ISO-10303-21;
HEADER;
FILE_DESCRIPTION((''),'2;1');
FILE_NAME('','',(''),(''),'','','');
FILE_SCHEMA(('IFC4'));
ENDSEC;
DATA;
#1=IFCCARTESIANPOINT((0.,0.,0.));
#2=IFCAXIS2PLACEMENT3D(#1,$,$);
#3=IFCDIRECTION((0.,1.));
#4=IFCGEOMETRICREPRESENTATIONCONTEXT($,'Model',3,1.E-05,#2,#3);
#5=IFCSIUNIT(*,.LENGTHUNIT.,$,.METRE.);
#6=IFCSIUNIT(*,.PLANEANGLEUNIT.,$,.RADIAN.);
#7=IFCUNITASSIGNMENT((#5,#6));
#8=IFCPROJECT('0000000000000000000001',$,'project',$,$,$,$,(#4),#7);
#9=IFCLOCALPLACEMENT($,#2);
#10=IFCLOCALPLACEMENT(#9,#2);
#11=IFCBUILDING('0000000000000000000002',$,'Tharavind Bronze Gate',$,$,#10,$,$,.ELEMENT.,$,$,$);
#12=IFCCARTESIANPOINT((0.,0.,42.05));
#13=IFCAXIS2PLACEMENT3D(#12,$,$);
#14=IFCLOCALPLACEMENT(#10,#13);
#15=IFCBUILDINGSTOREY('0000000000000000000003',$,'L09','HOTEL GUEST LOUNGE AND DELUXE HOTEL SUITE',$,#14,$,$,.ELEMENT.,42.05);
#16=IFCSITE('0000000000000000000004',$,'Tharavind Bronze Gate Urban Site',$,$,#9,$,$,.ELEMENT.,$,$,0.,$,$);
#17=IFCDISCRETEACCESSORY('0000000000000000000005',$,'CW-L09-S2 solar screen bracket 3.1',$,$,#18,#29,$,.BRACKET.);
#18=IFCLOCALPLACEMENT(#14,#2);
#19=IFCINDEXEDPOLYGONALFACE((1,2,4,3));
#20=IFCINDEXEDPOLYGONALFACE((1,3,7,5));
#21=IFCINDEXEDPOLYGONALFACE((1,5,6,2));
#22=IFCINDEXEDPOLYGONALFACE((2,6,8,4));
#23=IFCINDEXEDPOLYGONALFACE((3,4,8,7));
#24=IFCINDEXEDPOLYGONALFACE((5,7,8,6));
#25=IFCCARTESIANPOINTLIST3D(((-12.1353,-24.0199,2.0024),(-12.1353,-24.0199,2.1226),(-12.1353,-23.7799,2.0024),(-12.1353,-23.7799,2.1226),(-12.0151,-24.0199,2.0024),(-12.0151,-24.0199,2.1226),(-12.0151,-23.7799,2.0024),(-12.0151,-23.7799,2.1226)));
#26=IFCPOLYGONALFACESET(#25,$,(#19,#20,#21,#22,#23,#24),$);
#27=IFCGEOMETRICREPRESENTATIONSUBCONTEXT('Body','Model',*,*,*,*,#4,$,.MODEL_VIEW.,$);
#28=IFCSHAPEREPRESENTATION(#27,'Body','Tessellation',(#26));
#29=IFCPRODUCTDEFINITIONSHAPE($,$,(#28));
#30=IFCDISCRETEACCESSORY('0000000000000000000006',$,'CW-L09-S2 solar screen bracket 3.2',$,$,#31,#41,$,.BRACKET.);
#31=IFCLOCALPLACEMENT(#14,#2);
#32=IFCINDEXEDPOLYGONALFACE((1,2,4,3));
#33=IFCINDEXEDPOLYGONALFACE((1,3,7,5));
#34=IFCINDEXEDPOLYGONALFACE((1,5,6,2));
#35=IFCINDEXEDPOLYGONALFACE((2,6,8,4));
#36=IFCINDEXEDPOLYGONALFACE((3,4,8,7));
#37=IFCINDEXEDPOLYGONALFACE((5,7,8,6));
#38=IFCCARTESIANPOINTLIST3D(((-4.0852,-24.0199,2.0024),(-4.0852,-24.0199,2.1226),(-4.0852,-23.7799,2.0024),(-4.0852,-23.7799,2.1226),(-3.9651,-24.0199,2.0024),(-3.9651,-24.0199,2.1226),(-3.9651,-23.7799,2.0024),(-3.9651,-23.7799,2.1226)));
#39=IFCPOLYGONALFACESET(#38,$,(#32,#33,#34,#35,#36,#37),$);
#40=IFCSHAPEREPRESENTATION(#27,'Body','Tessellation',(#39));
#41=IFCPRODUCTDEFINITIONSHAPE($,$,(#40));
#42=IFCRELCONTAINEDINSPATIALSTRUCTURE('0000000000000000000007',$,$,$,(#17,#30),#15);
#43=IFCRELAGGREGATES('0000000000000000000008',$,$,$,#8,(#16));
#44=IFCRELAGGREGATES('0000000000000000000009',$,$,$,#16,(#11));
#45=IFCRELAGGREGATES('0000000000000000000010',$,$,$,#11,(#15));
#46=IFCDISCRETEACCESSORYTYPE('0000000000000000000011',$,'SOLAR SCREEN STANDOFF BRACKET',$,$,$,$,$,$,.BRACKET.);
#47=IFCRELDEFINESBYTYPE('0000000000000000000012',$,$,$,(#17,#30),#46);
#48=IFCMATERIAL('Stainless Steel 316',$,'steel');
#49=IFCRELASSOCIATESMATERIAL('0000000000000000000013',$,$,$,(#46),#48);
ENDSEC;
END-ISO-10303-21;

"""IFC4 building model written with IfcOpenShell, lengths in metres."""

from ifc_helpers import new_model, si_unit, direction, frame, origin, origin_2d, place, context, subcontext, project, spatial, rectangle, extrude, material, type_object, element, save


model = new_model("IFC4")

# Units and contexts
model_context = context("Model", 3, precision=1e-05, world=origin(), true_north=direction((0.0, 1.0)))
body_context = subcontext(model_context, "Body", "Model", "MODEL_VIEW")
ifc_project = project(units=[si_unit("LENGTHUNIT", "METRE"), si_unit("PLANEANGLEUNIT", "RADIAN")], contexts=[model_context])

# Site, building, storey
site_placement = place(None, origin())
site = spatial("IfcSite", under=ifc_project, at=site_placement, Name="Tharavind Bronze Gate Urban Site", CompositionType="ELEMENT", RefElevation=0.0)
building_placement = place(site_placement, origin())
building = spatial("IfcBuilding", under=site, at=building_placement, Name="Tharavind Bronze Gate", CompositionType="ELEMENT")
storey_placement = place(building_placement, frame((0.0, 0.0, 42.05)))
storey = spatial("IfcBuildingStorey", under=building, at=storey_placement, Name="L09", Description="HOTEL GUEST LOUNGE AND DELUXE HOTEL SUITE", CompositionType="ELEMENT", Elevation=42.05)

# Discrete accessories
ifc_material_1 = material(Name="Stainless Steel 316", Category="steel")
discrete_accessory_type = type_object("IfcDiscreteAccessoryType", Name="SOLAR SCREEN STANDOFF BRACKET", PredefinedType="BRACKET", material=ifc_material_1)
for number, where, z_axis, x_axis, name in (
    (1, (-12.0752, -23.8999, 2.0024), (0.0, 0.0, 1.0), (1.0, 0.0, 0.0), "CW-L09-S2 solar screen bracket 3.1"),
    (2, (-4.0251, -23.8999, 2.0024), (0.0, 0.0, 1.0), (1.0, 0.0, 0.0), "CW-L09-S2 solar screen bracket 3.2"),
):
    element("IfcDiscreteAccessory", number, at=place(storey_placement, frame(where, z_axis=z_axis, x_axis=x_axis)), inside=storey, type_object=discrete_accessory_type, Name=name, PredefinedType="BRACKET", context=body_context, shape_type="SweptSolid", body=[
        extrude(rectangle(XDim=0.1201, YDim=0.24, at=origin_2d()), origin(), (0.0, 0.0, 1.0), 0.1201),
    ])

save(model, "model.ifc")
